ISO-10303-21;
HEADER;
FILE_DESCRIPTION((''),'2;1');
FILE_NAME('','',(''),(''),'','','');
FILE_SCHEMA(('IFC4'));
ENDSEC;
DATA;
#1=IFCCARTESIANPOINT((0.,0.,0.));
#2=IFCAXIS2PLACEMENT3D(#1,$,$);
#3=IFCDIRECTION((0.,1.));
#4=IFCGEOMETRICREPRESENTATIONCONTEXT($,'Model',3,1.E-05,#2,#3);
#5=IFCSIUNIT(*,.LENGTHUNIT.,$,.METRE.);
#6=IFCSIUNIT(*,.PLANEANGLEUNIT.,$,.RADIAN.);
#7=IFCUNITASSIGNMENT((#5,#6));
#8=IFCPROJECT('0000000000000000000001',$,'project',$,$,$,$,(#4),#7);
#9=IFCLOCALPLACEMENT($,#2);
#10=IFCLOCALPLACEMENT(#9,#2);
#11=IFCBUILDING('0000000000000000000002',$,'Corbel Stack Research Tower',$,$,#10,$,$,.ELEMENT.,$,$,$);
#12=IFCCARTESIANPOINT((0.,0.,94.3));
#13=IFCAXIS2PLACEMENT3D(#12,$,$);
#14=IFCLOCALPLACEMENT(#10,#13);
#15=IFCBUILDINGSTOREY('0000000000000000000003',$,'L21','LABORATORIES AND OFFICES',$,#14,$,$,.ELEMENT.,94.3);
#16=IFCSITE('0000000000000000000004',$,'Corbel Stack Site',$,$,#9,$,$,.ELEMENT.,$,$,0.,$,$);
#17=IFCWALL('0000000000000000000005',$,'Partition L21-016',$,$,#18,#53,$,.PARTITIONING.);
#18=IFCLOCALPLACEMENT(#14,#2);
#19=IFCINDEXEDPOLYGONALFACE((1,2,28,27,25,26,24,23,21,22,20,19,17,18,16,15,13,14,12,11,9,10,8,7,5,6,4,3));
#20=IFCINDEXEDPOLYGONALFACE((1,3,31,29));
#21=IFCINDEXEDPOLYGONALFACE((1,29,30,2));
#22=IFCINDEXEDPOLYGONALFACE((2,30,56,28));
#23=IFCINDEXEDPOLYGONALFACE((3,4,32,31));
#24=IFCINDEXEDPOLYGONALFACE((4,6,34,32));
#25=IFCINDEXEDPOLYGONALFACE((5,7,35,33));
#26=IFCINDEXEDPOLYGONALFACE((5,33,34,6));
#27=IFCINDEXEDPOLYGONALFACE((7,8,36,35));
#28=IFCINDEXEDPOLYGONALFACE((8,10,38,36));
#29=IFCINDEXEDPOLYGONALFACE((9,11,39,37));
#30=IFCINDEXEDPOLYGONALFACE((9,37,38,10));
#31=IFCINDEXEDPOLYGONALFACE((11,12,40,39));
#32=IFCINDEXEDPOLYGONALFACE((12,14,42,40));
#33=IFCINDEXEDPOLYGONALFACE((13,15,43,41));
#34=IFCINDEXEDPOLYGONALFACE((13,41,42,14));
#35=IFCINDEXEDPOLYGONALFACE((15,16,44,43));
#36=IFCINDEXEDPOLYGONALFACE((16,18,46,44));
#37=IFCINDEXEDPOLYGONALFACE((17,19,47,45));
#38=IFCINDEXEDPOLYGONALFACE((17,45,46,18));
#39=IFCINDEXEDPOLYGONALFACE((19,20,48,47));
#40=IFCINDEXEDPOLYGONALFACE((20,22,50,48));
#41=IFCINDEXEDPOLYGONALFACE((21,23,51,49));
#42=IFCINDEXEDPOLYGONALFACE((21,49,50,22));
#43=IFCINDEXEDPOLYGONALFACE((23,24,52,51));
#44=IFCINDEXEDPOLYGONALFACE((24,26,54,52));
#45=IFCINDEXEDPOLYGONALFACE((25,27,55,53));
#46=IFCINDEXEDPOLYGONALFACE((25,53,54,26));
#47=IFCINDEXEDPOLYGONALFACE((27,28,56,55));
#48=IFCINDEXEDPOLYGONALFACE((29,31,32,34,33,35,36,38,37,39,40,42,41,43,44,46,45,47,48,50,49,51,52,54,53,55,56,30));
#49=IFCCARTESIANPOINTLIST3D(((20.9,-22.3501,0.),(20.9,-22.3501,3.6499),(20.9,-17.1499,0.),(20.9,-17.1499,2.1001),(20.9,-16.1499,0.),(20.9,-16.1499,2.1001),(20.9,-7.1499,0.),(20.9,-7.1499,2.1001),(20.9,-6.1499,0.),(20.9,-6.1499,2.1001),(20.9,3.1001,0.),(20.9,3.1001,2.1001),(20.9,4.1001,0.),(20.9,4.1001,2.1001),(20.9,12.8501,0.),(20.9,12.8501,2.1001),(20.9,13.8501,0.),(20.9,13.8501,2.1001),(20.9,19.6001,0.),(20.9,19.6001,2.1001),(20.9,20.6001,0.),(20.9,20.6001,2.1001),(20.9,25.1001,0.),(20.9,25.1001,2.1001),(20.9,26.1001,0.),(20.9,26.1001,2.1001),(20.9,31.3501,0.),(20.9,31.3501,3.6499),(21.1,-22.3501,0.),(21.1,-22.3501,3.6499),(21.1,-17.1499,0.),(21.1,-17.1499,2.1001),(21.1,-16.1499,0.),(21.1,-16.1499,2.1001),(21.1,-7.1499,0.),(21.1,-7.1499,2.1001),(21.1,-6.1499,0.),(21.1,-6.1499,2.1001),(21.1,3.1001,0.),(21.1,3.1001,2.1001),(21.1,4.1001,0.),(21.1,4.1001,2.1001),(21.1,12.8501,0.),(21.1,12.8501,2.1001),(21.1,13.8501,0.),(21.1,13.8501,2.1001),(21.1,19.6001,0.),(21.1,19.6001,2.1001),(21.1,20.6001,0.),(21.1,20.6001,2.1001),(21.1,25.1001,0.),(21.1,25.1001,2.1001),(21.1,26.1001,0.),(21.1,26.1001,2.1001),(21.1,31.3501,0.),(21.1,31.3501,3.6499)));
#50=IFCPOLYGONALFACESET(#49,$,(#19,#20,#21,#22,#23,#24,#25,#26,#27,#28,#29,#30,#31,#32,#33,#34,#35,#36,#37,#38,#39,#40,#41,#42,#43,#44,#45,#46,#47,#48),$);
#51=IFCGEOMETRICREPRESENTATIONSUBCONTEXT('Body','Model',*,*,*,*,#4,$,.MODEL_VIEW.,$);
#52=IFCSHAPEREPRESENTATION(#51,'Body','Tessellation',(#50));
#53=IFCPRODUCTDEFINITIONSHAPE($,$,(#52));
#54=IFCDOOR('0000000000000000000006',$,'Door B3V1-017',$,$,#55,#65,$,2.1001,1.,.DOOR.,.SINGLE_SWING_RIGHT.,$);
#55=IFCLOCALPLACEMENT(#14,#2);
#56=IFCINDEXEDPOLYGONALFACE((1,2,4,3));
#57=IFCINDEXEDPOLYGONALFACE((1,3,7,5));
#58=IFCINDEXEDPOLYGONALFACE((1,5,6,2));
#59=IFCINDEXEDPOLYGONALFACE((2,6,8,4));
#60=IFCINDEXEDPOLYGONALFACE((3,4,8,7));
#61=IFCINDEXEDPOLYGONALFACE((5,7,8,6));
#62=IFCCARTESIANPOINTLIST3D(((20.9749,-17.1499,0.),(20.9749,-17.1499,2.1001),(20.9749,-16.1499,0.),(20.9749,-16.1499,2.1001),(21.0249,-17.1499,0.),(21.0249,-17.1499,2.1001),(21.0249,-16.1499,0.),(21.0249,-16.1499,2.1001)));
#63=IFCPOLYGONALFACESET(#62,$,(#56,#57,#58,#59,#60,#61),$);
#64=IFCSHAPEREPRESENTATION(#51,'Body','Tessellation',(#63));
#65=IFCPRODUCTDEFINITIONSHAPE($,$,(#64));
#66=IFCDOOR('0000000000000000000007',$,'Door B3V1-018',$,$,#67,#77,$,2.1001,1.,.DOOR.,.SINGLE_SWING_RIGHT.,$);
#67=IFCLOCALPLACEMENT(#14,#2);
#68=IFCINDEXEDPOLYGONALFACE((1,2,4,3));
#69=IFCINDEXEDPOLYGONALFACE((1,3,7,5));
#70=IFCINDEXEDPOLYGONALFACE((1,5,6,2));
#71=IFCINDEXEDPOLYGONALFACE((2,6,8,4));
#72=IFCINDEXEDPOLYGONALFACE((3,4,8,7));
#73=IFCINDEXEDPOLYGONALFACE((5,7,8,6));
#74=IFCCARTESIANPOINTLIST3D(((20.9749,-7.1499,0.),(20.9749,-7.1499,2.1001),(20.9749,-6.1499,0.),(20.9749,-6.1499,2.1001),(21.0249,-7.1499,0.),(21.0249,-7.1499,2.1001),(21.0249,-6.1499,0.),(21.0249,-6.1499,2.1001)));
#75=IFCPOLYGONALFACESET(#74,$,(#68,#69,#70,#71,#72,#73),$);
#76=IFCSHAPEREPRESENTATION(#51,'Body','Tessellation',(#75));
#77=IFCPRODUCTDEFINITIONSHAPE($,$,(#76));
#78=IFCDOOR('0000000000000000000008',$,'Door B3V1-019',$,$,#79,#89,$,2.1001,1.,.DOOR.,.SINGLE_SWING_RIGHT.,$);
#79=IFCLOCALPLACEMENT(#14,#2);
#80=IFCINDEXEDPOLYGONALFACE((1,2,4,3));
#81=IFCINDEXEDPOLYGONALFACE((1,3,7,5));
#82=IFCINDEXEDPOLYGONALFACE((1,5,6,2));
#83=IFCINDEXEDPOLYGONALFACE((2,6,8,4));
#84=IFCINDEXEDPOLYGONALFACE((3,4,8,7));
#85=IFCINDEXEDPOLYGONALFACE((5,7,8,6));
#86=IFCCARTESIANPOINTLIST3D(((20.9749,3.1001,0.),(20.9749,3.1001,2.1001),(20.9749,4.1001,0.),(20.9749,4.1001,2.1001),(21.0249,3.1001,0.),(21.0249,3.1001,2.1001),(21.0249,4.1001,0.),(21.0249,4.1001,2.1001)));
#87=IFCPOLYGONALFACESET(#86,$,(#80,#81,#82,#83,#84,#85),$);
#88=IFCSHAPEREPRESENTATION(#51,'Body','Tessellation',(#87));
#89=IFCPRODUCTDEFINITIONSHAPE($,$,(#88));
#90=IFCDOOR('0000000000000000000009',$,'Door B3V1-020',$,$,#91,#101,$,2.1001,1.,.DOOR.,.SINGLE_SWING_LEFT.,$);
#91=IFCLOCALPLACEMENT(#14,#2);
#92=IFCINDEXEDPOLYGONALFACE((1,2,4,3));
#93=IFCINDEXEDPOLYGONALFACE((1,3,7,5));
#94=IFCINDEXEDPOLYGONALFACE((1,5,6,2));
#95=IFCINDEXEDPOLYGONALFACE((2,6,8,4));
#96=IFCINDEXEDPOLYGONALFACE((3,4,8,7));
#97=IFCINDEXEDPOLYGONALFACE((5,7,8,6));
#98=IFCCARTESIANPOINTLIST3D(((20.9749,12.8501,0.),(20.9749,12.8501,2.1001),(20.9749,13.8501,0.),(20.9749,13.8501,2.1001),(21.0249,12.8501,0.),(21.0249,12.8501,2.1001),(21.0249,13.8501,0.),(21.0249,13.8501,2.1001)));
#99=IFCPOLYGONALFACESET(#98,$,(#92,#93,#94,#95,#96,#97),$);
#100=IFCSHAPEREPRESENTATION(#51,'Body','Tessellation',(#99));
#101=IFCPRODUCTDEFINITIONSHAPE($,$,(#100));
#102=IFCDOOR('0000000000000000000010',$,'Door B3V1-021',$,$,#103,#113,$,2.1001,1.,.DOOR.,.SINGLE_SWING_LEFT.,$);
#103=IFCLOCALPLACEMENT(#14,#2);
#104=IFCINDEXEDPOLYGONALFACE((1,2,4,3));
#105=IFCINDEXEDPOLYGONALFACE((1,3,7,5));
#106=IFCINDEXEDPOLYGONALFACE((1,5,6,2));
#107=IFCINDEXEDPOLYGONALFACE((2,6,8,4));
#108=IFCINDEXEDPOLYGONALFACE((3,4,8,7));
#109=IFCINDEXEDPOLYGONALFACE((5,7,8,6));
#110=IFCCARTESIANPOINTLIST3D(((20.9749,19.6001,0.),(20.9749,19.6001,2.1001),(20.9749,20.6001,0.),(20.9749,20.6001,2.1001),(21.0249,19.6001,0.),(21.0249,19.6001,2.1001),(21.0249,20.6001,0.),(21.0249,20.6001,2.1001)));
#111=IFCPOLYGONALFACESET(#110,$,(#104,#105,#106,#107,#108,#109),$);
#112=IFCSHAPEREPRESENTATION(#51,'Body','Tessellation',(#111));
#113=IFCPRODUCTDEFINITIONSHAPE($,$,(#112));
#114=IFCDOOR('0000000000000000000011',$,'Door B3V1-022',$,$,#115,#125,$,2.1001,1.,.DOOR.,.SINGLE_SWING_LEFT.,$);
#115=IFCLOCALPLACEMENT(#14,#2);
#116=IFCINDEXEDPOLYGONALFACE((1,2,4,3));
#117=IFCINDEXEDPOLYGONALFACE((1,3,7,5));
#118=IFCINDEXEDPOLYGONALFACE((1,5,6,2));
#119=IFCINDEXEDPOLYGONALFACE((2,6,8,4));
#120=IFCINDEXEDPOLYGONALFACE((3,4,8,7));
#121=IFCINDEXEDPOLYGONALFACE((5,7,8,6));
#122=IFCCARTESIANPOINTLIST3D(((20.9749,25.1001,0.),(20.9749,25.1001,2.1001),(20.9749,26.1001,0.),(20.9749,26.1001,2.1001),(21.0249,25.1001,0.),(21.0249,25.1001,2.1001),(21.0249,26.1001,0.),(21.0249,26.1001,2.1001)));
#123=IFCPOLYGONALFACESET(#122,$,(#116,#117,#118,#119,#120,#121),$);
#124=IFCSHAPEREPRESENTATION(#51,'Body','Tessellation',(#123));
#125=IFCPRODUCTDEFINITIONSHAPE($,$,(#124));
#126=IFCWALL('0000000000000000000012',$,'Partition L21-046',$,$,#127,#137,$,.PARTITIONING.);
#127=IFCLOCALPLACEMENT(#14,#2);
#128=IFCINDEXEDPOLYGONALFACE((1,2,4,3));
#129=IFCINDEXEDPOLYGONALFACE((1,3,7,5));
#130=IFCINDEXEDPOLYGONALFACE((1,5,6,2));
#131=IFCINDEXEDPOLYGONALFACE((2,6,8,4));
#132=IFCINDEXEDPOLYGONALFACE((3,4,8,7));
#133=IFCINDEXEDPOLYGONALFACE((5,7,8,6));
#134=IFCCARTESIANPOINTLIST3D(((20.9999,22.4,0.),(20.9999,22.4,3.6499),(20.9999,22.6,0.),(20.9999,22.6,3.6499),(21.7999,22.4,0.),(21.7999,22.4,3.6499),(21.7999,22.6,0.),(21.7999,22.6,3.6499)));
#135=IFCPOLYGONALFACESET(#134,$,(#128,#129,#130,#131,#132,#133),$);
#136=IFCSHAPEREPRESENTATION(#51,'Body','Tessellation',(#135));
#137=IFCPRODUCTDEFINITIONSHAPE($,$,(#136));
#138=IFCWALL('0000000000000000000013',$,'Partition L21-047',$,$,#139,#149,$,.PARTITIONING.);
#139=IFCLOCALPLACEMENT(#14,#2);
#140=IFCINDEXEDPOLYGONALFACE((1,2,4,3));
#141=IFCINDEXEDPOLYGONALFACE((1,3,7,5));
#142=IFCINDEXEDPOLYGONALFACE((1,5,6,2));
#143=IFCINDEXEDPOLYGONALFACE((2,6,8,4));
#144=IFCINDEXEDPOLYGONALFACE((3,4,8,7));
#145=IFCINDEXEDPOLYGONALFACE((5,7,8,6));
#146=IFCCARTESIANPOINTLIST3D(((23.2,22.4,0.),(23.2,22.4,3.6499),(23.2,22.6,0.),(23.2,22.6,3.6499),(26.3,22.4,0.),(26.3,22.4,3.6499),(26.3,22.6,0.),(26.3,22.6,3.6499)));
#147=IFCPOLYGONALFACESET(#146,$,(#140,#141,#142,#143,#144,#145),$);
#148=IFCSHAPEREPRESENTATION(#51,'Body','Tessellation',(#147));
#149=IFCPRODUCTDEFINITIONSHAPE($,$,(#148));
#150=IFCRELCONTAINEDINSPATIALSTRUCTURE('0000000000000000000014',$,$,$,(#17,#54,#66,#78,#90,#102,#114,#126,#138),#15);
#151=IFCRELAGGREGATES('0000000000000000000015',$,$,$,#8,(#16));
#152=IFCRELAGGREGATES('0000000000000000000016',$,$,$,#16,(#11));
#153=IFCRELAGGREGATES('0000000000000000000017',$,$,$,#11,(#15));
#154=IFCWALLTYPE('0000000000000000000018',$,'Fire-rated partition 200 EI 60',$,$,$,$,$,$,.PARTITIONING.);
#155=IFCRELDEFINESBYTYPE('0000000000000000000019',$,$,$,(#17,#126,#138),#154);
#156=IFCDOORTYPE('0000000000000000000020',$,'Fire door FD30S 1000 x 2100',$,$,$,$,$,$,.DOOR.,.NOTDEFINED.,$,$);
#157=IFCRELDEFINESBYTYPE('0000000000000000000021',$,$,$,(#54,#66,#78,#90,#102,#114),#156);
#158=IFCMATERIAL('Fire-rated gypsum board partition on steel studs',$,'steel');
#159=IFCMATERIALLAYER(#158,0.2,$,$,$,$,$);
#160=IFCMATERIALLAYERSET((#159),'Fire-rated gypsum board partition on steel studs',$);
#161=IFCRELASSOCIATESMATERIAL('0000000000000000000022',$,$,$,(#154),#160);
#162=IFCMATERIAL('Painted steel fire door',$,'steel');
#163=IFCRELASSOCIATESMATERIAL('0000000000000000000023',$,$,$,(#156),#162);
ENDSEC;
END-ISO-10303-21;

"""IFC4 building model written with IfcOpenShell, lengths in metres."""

from ifc_helpers import new_model, si_unit, direction, frame, frame_2d, origin, place, context, subcontext, project, spatial, rectangle, extrude, material, layer, layer_set, type_object, element, fill, save


model = new_model("IFC4")

# Units and contexts
model_context = context("Model", 3, precision=1e-05, world=origin(), true_north=direction((0.0, 1.0)))
body_context = subcontext(model_context, "Body", "Model", "MODEL_VIEW")
ifc_project = project(units=[si_unit("LENGTHUNIT", "METRE"), si_unit("PLANEANGLEUNIT", "RADIAN")], contexts=[model_context])

# Site, building, storey
site_placement = place(None, origin())
site = spatial("IfcSite", under=ifc_project, at=site_placement, Name="Corbel Stack Site", CompositionType="ELEMENT", RefElevation=0.0)
building_placement = place(site_placement, origin())
building = spatial("IfcBuilding", under=site, at=building_placement, Name="Corbel Stack Research Tower", CompositionType="ELEMENT")
storey_placement = place(building_placement, frame((0.0, 0.0, 94.3)))
storey = spatial("IfcBuildingStorey", under=building, at=storey_placement, Name="L21", Description="LABORATORIES AND OFFICES", CompositionType="ELEMENT", Elevation=94.3)

# Wall, openings, doors
ifc_material_1 = material(Name="Fire-rated gypsum board partition on steel studs", Category="steel")
ifc_layer_1 = layer(ifc_material_1, 0.2)
ifc_layer_set_1 = layer_set([ifc_layer_1], Name="Fire-rated gypsum board partition on steel studs")
wall_type_1 = type_object("IfcWallType", Name="Fire-rated partition 200 EI 60", PredefinedType="PARTITIONING", material=ifc_layer_set_1)
wall_1_placement = place(storey_placement, frame((21.0, 31.3501, 0.0), z_axis=(0.0, 0.0, 1.0), x_axis=(0.0, -1.0, 0.0)))
wall_1 = element("IfcWall", 1, at=wall_1_placement, inside=storey, type_object=wall_type_1, Name="Partition L21-016", PredefinedType="PARTITIONING", context=body_context, shape_type="SweptSolid", body=[
    extrude(rectangle(XDim=53.7002, YDim=0.2, at=frame_2d((26.8501, 0.0))), origin(), (0.0, 0.0, 1.0), 3.6499),
])
opening_1_placement = place(wall_1_placement, frame((47.5, 0.0, 0.0)))
opening_1 = element("IfcOpeningElement", 2, at=opening_1_placement, cuts=wall_1, PredefinedType="OPENING", context=body_context, shape_type="SweptSolid", body=[
    extrude(rectangle(XDim=1.0, YDim=2.1001, at=frame_2d((0.5, 1.05))), frame((0.0, 0.1099, 0.0), z_axis=(0.0, -1.0, 0.0), x_axis=(1.0, 0.0, 0.0)), (0.0, 0.0, 1.0), 0.22),
])
opening_2_placement = place(wall_1_placement, frame((37.5, 0.0, 0.0)))
opening_2 = element("IfcOpeningElement", 3, at=opening_2_placement, cuts=wall_1, PredefinedType="OPENING", context=body_context, shape_type="SweptSolid", body=[
    extrude(rectangle(XDim=1.0, YDim=2.1001, at=frame_2d((0.5, 1.05))), frame((0.0, 0.1099, 0.0), z_axis=(0.0, -1.0, 0.0), x_axis=(1.0, 0.0, 0.0)), (0.0, 0.0, 1.0), 0.22),
])
opening_3_placement = place(wall_1_placement, frame((27.25, 0.0, 0.0)))
opening_3 = element("IfcOpeningElement", 4, at=opening_3_placement, cuts=wall_1, PredefinedType="OPENING", context=body_context, shape_type="SweptSolid", body=[
    extrude(rectangle(XDim=1.0, YDim=2.1001, at=frame_2d((0.5, 1.05))), frame((0.0, 0.1099, 0.0), z_axis=(0.0, -1.0, 0.0), x_axis=(1.0, 0.0, 0.0)), (0.0, 0.0, 1.0), 0.22),
])
opening_4_placement = place(wall_1_placement, frame((17.5, 0.0, 0.0)))
opening_4 = element("IfcOpeningElement", 5, at=opening_4_placement, cuts=wall_1, PredefinedType="OPENING", context=body_context, shape_type="SweptSolid", body=[
    extrude(rectangle(XDim=1.0, YDim=2.1001, at=frame_2d((0.5, 1.05))), frame((0.0, 0.1099, 0.0), z_axis=(0.0, -1.0, 0.0), x_axis=(1.0, 0.0, 0.0)), (0.0, 0.0, 1.0), 0.22),
])
opening_5_placement = place(wall_1_placement, frame((10.75, 0.0, 0.0)))
opening_5 = element("IfcOpeningElement", 6, at=opening_5_placement, cuts=wall_1, PredefinedType="OPENING", context=body_context, shape_type="SweptSolid", body=[
    extrude(rectangle(XDim=1.0, YDim=2.1001, at=frame_2d((0.5, 1.05))), frame((0.0, 0.1099, 0.0), z_axis=(0.0, -1.0, 0.0), x_axis=(1.0, 0.0, 0.0)), (0.0, 0.0, 1.0), 0.22),
])
opening_6_placement = place(wall_1_placement, frame((5.25, 0.0, 0.0)))
opening_6 = element("IfcOpeningElement", 7, at=opening_6_placement, cuts=wall_1, PredefinedType="OPENING", context=body_context, shape_type="SweptSolid", body=[
    extrude(rectangle(XDim=1.0, YDim=2.1001, at=frame_2d((0.5, 1.05))), frame((0.0, 0.1099, 0.0), z_axis=(0.0, -1.0, 0.0), x_axis=(1.0, 0.0, 0.0)), (0.0, 0.0, 1.0), 0.22),
])
ifc_material_2 = material(Name="Painted steel fire door", Category="steel")
door_type = type_object("IfcDoorType", Name="Fire door FD30S 1000 x 2100", OperationType="NOTDEFINED", PredefinedType="DOOR", material=ifc_material_2)
door_1_placement = place(opening_1_placement, origin())
door_1 = element("IfcDoor", 8, at=door_1_placement, inside=storey, type_object=door_type, Name="Door B3V1-017", OperationType="SINGLE_SWING_RIGHT", OverallHeight=2.1001, OverallWidth=1.0, PredefinedType="DOOR", context=body_context, shape_type="SweptSolid", body=[
    extrude(rectangle(XDim=1.0, YDim=2.1001, at=frame_2d((0.5, 1.05))), frame((0.0, 0.0249, 0.0), z_axis=(0.0, -1.0, 0.0), x_axis=(1.0, 0.0, 0.0)), (0.0, 0.0, 1.0), 0.05),
])
fill(opening_1, door_1)
door_2_placement = place(opening_2_placement, origin())
door_2 = element("IfcDoor", 9, at=door_2_placement, inside=storey, type_object=door_type, Name="Door B3V1-018", OperationType="SINGLE_SWING_RIGHT", OverallHeight=2.1001, OverallWidth=1.0, PredefinedType="DOOR", context=body_context, shape_type="SweptSolid", body=[
    extrude(rectangle(XDim=1.0, YDim=2.1001, at=frame_2d((0.5, 1.05))), frame((0.0, 0.0249, 0.0), z_axis=(0.0, -1.0, 0.0), x_axis=(1.0, 0.0, 0.0)), (0.0, 0.0, 1.0), 0.05),
])
fill(opening_2, door_2)
door_3_placement = place(opening_3_placement, origin())
door_3 = element("IfcDoor", 10, at=door_3_placement, inside=storey, type_object=door_type, Name="Door B3V1-019", OperationType="SINGLE_SWING_RIGHT", OverallHeight=2.1001, OverallWidth=1.0, PredefinedType="DOOR", context=body_context, shape_type="SweptSolid", body=[
    extrude(rectangle(XDim=1.0, YDim=2.1001, at=frame_2d((0.5, 1.05))), frame((0.0, 0.0249, 0.0), z_axis=(0.0, -1.0, 0.0), x_axis=(1.0, 0.0, 0.0)), (0.0, 0.0, 1.0), 0.05),
])
fill(opening_3, door_3)
door_4_placement = place(opening_4_placement, origin())
door_4 = element("IfcDoor", 11, at=door_4_placement, inside=storey, type_object=door_type, Name="Door B3V1-020", OperationType="SINGLE_SWING_LEFT", OverallHeight=2.1001, OverallWidth=1.0, PredefinedType="DOOR", context=body_context, shape_type="SweptSolid", body=[
    extrude(rectangle(XDim=1.0, YDim=2.1001, at=frame_2d((0.5, 1.05))), frame((0.0, 0.0249, 0.0), z_axis=(0.0, -1.0, 0.0), x_axis=(1.0, 0.0, 0.0)), (0.0, 0.0, 1.0), 0.05),
])
fill(opening_4, door_4)
door_5_placement = place(opening_5_placement, origin())
door_5 = element("IfcDoor", 12, at=door_5_placement, inside=storey, type_object=door_type, Name="Door B3V1-021", OperationType="SINGLE_SWING_LEFT", OverallHeight=2.1001, OverallWidth=1.0, PredefinedType="DOOR", context=body_context, shape_type="SweptSolid", body=[
    extrude(rectangle(XDim=1.0, YDim=2.1001, at=frame_2d((0.5, 1.05))), frame((0.0, 0.0249, 0.0), z_axis=(0.0, -1.0, 0.0), x_axis=(1.0, 0.0, 0.0)), (0.0, 0.0, 1.0), 0.05),
])
fill(opening_5, door_5)
door_6_placement = place(opening_6_placement, origin())
door_6 = element("IfcDoor", 13, at=door_6_placement, inside=storey, type_object=door_type, Name="Door B3V1-022", OperationType="SINGLE_SWING_LEFT", OverallHeight=2.1001, OverallWidth=1.0, PredefinedType="DOOR", context=body_context, shape_type="SweptSolid", body=[
    extrude(rectangle(XDim=1.0, YDim=2.1001, at=frame_2d((0.5, 1.05))), frame((0.0, 0.0249, 0.0), z_axis=(0.0, -1.0, 0.0), x_axis=(1.0, 0.0, 0.0)), (0.0, 0.0, 1.0), 0.05),
])
fill(opening_6, door_6)

# Walls
wall_2_placement = place(storey_placement, frame((21.0, 22.5, 0.0), z_axis=(0.0, 0.0, 1.0), x_axis=(1.0, 0.0, 0.0)))
element("IfcWall", 14, at=wall_2_placement, inside=storey, type_object=wall_type_1, Name="Partition L21-046", PredefinedType="PARTITIONING", context=body_context, shape_type="SweptSolid", body=[
    extrude(rectangle(XDim=0.8, YDim=0.2, at=frame_2d((0.3999, 0.0))), origin(), (0.0, 0.0, 1.0), 3.6499),
])
wall_3_placement = place(storey_placement, frame((23.2, 22.5, 0.0), z_axis=(0.0, 0.0, 1.0), x_axis=(1.0, 0.0, 0.0)))
element("IfcWall", 15, at=wall_3_placement, inside=storey, type_object=wall_type_1, Name="Partition L21-047", PredefinedType="PARTITIONING", context=body_context, shape_type="SweptSolid", body=[
    extrude(rectangle(XDim=3.1001, YDim=0.2, at=frame_2d((1.55, 0.0))), origin(), (0.0, 0.0, 1.0), 3.6499),
])

save(model, "model.ifc")
